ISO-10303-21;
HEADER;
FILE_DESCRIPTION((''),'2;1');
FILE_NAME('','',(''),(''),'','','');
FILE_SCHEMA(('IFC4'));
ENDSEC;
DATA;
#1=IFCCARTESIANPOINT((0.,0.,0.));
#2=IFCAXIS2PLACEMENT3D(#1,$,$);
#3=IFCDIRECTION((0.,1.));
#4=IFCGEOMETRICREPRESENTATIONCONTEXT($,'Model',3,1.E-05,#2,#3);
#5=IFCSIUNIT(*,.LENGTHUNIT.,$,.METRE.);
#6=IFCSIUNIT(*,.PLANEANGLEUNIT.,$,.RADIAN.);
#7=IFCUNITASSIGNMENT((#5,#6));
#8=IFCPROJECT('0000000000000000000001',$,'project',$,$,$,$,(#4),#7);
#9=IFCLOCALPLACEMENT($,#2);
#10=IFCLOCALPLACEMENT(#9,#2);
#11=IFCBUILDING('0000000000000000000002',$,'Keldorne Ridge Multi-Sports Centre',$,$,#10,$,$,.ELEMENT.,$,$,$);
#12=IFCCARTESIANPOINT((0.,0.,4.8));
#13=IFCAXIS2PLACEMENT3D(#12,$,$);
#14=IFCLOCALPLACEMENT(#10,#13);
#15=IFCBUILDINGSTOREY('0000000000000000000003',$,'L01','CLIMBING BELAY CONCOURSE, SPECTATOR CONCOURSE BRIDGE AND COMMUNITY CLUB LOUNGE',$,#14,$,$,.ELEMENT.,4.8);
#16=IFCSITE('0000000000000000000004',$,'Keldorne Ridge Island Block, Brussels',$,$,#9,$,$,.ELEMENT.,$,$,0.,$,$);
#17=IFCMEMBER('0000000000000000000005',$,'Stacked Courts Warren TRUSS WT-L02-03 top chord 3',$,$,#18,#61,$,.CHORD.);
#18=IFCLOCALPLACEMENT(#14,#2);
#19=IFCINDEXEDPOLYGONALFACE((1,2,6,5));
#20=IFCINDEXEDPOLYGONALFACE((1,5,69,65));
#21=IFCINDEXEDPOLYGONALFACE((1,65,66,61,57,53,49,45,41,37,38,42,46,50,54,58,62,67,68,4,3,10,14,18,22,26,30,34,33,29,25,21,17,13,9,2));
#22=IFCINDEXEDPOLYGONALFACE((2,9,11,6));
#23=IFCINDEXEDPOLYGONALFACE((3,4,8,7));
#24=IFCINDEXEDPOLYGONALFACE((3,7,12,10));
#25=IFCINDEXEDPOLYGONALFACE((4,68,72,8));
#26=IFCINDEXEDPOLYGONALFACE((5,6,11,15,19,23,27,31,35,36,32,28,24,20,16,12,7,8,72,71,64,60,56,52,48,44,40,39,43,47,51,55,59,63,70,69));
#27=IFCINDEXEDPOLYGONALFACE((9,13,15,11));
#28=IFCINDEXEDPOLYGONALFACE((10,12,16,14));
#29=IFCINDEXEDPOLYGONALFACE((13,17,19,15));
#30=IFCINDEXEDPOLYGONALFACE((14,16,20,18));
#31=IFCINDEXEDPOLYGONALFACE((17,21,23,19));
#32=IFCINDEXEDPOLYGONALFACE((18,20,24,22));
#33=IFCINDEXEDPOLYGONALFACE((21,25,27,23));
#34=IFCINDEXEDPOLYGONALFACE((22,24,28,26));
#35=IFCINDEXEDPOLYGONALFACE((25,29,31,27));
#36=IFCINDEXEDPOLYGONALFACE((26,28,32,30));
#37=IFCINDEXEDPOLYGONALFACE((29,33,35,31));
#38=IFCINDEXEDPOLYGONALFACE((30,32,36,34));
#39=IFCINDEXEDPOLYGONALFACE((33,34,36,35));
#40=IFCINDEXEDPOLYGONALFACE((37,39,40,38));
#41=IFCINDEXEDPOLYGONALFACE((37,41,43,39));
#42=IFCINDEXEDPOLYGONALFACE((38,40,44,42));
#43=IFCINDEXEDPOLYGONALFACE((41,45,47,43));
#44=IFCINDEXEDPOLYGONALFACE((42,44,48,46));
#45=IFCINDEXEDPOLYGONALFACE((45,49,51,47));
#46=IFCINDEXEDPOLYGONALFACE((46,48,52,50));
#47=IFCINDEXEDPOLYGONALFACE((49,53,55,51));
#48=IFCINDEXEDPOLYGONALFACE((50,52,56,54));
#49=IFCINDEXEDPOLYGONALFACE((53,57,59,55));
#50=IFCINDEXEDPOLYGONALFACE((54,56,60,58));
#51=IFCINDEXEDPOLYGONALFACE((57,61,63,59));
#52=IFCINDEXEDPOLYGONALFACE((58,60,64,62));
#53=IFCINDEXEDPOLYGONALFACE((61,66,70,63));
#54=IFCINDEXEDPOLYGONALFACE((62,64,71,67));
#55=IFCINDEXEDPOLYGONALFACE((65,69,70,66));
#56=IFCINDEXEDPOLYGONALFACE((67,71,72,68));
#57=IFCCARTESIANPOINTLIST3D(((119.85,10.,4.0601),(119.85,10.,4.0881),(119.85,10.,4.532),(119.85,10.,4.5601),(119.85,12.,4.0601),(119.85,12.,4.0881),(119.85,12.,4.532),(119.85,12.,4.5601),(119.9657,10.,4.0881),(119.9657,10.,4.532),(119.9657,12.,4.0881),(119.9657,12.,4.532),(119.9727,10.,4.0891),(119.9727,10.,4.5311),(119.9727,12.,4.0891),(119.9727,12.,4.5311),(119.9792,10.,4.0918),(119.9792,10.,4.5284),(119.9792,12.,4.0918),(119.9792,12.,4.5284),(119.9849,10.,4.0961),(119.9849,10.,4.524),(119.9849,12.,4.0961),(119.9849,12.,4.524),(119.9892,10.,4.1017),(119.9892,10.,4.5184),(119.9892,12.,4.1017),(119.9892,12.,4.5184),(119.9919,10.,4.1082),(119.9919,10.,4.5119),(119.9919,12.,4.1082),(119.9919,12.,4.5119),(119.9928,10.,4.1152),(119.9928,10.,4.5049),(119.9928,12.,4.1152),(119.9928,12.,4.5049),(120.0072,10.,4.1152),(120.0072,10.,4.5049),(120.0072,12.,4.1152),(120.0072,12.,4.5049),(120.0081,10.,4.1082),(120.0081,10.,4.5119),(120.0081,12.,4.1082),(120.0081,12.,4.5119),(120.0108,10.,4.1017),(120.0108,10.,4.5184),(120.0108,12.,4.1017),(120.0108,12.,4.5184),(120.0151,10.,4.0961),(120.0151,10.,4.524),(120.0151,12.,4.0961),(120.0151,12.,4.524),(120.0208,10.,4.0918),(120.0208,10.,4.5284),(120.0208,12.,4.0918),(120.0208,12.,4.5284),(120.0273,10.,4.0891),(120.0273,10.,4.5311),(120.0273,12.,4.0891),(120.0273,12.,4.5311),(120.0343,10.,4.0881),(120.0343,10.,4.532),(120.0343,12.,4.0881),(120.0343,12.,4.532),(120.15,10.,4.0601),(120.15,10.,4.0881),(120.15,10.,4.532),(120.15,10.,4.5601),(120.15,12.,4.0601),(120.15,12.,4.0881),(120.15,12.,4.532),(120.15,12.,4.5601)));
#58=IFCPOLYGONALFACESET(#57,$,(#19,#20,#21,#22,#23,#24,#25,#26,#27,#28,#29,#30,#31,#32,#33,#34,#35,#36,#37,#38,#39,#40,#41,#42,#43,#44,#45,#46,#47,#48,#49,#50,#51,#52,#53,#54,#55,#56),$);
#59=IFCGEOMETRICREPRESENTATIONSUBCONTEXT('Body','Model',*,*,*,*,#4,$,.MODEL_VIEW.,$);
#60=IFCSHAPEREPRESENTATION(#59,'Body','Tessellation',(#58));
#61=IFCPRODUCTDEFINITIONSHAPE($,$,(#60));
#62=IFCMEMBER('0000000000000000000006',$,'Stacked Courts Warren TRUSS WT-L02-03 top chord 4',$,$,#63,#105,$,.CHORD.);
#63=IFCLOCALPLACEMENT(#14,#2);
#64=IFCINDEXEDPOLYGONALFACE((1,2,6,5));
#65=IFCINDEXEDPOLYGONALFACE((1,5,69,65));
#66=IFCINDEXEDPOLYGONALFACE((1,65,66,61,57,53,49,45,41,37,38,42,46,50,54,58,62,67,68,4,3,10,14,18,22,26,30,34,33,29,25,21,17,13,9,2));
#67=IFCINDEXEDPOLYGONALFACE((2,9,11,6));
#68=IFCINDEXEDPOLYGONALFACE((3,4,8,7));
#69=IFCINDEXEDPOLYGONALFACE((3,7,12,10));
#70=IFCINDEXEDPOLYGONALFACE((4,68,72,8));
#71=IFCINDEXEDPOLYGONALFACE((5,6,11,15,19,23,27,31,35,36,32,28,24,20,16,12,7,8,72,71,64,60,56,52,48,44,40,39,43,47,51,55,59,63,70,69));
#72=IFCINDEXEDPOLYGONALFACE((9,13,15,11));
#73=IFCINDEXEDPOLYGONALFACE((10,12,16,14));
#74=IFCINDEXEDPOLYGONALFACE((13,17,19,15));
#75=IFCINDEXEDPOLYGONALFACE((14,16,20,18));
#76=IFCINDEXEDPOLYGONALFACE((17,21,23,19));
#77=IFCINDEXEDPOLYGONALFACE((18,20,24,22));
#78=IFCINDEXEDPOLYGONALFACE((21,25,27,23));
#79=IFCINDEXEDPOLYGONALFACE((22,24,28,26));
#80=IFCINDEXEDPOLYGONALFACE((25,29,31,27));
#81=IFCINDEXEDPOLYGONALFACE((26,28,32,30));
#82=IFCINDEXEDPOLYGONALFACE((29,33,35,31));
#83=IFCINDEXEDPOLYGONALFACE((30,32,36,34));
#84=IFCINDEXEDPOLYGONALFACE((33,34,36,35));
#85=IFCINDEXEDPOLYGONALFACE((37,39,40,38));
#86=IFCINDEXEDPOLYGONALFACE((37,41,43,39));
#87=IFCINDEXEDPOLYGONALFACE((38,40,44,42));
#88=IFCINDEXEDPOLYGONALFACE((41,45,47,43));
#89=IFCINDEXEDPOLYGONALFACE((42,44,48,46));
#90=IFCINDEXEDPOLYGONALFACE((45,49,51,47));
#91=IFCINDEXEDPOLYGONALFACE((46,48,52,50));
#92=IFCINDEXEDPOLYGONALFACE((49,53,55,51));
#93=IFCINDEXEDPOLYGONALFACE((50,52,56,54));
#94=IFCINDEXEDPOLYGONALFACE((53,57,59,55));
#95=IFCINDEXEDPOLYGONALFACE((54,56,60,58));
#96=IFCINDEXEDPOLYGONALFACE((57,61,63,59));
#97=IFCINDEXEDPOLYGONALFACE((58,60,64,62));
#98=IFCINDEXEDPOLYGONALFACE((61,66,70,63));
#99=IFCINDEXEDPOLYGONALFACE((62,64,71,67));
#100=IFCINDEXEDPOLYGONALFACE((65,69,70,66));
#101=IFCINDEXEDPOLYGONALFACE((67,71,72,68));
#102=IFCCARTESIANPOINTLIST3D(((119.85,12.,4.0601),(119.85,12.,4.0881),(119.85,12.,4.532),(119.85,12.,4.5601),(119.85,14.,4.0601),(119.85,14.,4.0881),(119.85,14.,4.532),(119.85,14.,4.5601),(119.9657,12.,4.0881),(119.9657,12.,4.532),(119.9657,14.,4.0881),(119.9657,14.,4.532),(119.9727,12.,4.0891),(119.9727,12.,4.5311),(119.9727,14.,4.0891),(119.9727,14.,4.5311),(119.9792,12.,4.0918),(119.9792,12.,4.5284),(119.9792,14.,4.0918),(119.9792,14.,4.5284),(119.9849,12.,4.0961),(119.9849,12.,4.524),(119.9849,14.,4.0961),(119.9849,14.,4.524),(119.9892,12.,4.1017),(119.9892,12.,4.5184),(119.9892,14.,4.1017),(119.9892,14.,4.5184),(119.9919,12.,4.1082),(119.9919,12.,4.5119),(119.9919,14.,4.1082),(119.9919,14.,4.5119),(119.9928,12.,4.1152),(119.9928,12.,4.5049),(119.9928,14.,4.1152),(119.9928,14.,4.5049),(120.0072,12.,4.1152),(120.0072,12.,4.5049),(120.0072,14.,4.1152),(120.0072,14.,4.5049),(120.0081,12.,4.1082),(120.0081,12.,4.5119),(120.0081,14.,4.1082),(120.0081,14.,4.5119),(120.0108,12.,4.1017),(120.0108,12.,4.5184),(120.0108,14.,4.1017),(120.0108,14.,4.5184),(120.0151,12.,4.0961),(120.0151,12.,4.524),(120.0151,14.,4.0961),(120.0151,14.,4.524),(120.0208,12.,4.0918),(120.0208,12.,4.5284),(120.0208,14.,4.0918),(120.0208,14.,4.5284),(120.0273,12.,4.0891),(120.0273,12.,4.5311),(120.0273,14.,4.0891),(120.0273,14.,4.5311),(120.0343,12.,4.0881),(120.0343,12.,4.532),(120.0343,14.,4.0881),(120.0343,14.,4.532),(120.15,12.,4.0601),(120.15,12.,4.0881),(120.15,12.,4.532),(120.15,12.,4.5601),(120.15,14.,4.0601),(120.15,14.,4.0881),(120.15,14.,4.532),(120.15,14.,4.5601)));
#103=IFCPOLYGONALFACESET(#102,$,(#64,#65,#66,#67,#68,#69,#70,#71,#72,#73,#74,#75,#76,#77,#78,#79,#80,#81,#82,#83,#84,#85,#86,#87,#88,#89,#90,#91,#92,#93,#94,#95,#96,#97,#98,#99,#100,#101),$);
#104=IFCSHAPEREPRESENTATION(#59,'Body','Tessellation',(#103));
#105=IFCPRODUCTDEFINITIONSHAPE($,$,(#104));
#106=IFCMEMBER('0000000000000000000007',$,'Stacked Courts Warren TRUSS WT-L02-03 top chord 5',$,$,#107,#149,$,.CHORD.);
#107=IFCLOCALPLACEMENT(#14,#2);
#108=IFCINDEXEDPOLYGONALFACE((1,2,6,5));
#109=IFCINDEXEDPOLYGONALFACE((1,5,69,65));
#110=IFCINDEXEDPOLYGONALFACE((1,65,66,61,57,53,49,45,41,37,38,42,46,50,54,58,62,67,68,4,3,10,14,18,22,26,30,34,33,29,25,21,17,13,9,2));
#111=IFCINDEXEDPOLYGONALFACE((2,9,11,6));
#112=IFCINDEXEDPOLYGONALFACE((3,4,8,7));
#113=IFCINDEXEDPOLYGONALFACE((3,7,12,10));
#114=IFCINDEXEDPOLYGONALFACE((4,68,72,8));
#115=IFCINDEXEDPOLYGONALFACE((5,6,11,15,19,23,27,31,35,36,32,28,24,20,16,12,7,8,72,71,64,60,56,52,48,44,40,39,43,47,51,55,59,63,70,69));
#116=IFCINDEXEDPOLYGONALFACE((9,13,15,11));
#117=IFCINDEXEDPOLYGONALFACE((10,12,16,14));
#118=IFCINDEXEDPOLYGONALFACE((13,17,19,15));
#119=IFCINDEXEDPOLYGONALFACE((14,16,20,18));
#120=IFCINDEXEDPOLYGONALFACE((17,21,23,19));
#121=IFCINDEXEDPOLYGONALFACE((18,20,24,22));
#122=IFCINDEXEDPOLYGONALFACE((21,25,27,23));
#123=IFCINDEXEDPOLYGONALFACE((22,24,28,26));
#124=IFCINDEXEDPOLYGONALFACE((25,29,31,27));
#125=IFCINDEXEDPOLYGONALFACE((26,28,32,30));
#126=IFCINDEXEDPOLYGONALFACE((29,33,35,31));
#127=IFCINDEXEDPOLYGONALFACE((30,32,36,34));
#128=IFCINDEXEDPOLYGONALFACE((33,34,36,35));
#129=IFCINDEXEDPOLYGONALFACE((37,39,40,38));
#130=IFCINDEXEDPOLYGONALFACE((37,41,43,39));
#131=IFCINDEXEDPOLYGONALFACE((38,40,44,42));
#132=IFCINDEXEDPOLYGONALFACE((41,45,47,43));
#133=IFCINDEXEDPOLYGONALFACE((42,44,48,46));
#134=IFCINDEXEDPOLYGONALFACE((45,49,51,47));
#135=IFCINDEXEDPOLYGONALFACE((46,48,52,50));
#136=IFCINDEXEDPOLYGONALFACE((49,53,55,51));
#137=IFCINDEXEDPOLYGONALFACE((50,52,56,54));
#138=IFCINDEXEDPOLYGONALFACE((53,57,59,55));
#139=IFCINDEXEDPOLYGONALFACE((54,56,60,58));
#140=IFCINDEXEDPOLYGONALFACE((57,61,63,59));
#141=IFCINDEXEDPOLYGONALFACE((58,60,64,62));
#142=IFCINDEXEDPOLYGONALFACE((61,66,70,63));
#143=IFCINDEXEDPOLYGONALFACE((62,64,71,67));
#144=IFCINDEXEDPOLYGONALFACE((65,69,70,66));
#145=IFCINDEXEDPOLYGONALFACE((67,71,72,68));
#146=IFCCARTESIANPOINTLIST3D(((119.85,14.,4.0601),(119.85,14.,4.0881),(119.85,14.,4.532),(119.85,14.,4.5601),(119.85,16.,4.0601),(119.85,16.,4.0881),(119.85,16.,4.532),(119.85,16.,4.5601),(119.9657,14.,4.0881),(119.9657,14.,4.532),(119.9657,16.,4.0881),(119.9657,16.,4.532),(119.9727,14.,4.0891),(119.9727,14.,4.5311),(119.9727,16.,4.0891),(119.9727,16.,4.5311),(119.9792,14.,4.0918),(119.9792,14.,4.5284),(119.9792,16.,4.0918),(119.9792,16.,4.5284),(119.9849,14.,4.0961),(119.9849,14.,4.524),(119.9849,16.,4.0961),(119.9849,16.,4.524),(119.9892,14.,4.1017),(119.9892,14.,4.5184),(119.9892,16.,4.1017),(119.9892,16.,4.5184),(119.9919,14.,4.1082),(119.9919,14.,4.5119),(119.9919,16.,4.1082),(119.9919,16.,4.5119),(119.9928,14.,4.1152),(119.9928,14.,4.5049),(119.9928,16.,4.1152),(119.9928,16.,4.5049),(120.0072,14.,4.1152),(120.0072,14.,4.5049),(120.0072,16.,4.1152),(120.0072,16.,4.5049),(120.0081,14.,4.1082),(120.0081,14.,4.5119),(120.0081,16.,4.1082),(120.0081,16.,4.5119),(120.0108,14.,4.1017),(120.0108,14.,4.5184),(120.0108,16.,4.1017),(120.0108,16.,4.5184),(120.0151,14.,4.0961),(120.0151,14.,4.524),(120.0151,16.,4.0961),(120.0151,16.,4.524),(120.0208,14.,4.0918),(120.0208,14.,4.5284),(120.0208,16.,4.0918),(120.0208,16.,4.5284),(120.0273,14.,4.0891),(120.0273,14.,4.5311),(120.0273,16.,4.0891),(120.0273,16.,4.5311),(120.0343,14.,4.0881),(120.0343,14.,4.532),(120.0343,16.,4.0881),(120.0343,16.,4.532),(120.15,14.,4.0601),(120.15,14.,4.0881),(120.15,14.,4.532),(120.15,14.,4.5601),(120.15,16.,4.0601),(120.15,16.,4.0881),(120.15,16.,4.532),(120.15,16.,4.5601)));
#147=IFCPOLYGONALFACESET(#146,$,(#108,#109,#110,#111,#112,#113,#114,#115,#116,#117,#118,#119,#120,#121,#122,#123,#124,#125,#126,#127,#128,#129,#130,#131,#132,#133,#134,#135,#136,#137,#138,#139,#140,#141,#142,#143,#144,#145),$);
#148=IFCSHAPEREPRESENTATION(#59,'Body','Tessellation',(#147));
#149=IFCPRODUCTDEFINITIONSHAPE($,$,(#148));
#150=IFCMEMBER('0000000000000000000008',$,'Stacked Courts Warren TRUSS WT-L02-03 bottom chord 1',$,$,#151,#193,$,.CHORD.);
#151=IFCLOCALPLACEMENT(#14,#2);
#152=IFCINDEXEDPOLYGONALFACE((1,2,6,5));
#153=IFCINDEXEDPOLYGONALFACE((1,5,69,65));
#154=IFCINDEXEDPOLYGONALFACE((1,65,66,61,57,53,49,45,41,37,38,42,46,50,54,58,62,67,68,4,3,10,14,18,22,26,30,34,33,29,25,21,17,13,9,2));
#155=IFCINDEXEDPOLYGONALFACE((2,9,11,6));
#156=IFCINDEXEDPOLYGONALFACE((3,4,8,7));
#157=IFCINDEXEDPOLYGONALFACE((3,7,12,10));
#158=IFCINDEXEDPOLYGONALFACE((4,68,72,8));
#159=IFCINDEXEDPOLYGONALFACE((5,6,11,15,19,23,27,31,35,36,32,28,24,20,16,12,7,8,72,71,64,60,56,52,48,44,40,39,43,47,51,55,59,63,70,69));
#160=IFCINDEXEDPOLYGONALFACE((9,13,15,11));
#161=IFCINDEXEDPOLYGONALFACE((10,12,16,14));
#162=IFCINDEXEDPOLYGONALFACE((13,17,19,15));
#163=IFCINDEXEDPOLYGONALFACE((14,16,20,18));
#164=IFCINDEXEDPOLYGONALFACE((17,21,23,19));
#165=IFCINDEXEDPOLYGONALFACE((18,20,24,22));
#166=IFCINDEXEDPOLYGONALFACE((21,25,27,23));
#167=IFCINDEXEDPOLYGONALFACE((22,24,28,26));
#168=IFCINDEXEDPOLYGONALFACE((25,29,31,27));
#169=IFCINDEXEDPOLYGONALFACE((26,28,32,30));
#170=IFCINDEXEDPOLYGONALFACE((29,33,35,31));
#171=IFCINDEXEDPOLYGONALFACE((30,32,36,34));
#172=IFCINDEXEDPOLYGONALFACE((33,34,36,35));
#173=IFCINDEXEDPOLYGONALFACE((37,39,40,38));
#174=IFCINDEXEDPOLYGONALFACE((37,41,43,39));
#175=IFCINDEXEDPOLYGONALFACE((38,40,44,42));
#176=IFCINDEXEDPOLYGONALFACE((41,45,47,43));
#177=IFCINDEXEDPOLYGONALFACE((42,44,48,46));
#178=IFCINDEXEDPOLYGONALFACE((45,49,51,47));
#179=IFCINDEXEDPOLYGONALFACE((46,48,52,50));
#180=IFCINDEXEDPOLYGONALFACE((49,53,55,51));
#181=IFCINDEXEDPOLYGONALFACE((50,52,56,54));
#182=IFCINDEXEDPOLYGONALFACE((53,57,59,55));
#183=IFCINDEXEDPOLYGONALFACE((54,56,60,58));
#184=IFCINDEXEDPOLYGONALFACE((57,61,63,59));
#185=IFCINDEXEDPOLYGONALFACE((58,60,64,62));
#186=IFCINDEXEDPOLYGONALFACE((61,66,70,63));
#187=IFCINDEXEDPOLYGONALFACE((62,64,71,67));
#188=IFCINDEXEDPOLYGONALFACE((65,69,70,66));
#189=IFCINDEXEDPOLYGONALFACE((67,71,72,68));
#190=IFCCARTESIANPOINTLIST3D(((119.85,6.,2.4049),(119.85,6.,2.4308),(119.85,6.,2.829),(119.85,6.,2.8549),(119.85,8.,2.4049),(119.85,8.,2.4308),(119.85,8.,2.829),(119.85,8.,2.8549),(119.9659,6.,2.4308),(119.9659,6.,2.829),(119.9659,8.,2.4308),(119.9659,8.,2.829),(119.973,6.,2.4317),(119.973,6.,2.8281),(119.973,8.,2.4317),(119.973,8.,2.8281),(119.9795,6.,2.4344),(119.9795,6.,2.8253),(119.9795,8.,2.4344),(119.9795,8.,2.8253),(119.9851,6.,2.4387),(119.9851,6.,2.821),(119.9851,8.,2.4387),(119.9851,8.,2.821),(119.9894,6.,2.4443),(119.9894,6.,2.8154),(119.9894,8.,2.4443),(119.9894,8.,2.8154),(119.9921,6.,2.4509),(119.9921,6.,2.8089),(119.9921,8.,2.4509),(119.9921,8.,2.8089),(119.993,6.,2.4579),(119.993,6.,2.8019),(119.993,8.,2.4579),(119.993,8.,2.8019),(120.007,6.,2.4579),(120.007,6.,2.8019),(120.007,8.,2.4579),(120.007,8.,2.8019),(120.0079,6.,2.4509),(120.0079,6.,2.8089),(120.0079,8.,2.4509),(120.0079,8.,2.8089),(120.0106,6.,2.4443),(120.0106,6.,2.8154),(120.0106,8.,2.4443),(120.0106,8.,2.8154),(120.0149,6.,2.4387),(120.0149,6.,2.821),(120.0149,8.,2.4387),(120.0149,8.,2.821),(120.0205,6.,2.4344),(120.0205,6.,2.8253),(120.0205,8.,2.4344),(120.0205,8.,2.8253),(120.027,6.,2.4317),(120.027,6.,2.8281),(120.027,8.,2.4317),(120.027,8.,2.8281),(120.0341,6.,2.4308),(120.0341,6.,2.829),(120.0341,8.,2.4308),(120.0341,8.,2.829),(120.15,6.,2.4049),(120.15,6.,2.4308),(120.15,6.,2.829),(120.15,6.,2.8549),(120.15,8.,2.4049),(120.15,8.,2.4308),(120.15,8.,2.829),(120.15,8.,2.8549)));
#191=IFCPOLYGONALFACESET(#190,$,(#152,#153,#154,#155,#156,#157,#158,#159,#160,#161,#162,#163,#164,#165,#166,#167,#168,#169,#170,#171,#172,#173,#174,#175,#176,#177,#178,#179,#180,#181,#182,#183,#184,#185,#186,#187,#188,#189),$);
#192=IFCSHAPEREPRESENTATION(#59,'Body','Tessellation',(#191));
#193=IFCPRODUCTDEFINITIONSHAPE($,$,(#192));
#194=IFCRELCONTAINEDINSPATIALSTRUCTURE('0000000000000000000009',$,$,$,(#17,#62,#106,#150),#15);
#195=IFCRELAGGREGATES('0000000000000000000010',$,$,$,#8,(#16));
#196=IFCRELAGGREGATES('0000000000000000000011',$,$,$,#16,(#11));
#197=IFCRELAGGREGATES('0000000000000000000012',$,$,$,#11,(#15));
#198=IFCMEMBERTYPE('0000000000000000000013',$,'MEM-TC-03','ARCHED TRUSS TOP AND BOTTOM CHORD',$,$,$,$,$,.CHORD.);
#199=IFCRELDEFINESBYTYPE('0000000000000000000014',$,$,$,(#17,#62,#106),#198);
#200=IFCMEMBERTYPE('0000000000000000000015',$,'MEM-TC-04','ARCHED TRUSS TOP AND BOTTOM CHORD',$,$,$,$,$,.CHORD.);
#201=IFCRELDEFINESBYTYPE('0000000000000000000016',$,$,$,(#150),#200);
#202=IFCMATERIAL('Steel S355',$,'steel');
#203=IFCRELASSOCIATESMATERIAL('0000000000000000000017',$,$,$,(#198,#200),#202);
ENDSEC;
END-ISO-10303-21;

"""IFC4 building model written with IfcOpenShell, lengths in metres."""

from ifc_helpers import new_model, si_unit, direction, frame, origin, origin_2d, place, context, subcontext, project, spatial, i_section, extrude, material, material_profile, profile_set, type_object, element, save


model = new_model("IFC4")

# Units and contexts
model_context = context("Model", 3, precision=1e-05, world=origin(), true_north=direction((0.0, 1.0)))
body_context = subcontext(model_context, "Body", "Model", "MODEL_VIEW")
ifc_project = project(units=[si_unit("LENGTHUNIT", "METRE"), si_unit("PLANEANGLEUNIT", "RADIAN")], contexts=[model_context])

# Site, building, storey
site_placement = place(None, origin())
site = spatial("IfcSite", under=ifc_project, at=site_placement, Name="Keldorne Ridge Island Block, Brussels", CompositionType="ELEMENT", RefElevation=0.0)
building_placement = place(site_placement, origin())
building = spatial("IfcBuilding", under=site, at=building_placement, Name="Keldorne Ridge Multi-Sports Centre", CompositionType="ELEMENT")
storey_placement = place(building_placement, frame((0.0, 0.0, 4.8)))
storey = spatial("IfcBuildingStorey", under=building, at=storey_placement, Name="L01", Description="CLIMBING BELAY CONCOURSE, SPECTATOR CONCOURSE BRIDGE AND COMMUNITY CLUB LOUNGE", CompositionType="ELEMENT", Elevation=4.8)

# Shared definitions
ifc_material_1 = material(Name="Steel S355", Category="steel")

# Members
ifc_material_profile_1 = material_profile(ifc_material_1, i_section(OverallWidth=0.3, OverallDepth=0.5, WebThickness=0.0144, FlangeThickness=0.0281, FilletRadius=0.0271, at=origin_2d()), Name="HEB 500")
ifc_profile_set_1 = profile_set([ifc_material_profile_1], Name="Steel S355")
member_type_1 = type_object("IfcMemberType", Name="MEM-TC-03", Description="ARCHED TRUSS TOP AND BOTTOM CHORD", PredefinedType="CHORD", material=ifc_profile_set_1)
for number, where, z_axis, x_axis, name in (
    (1, (120.0, 10.0, 4.3101), (0.0, 1.0, 0.0), (-1.0, 0.0, 0.0), "Stacked Courts Warren TRUSS WT-L02-03 top chord 3"),
    (2, (120.0, 12.0, 4.3101), (0.0, 1.0, 0.0), (-1.0, 0.0, 0.0), "Stacked Courts Warren TRUSS WT-L02-03 top chord 4"),
    (3, (120.0, 14.0, 4.3101), (0.0, 1.0, 0.0), (-1.0, 0.0, 0.0), "Stacked Courts Warren TRUSS WT-L02-03 top chord 5"),
):
    element("IfcMember", number, at=place(storey_placement, frame(where, z_axis=z_axis, x_axis=x_axis)), inside=storey, type_object=member_type_1, Name=name, PredefinedType="CHORD", context=body_context, shape_type="SweptSolid", body=[
        extrude(i_section(OverallWidth=0.3, OverallDepth=0.5, WebThickness=0.0144, FlangeThickness=0.0281, FilletRadius=0.0271, at=origin_2d()), origin(), (0.0, 0.0, 1.0), 2.0),
    ])
ifc_material_profile_2 = material_profile(ifc_material_1, i_section(OverallWidth=0.3, OverallDepth=0.45, WebThickness=0.0139, FlangeThickness=0.0259, FilletRadius=0.0271, at=origin_2d()), Name="HEB 450")
ifc_profile_set_2 = profile_set([ifc_material_profile_2], Name="Steel S355")
member_type_2 = type_object("IfcMemberType", Name="MEM-TC-04", Description="ARCHED TRUSS TOP AND BOTTOM CHORD", PredefinedType="CHORD", material=ifc_profile_set_2)
for number, where, z_axis, x_axis, name in (
    (4, (120.0, 6.0, 2.6299), (0.0, 1.0, 0.0), (-1.0, 0.0, 0.0), "Stacked Courts Warren TRUSS WT-L02-03 bottom chord 1"),
):
    element("IfcMember", number, at=place(storey_placement, frame(where, z_axis=z_axis, x_axis=x_axis)), inside=storey, type_object=member_type_2, Name=name, PredefinedType="CHORD", context=body_context, shape_type="SweptSolid", body=[
        extrude(i_section(OverallWidth=0.3, OverallDepth=0.45, WebThickness=0.0139, FlangeThickness=0.0259, FilletRadius=0.0271, at=origin_2d()), origin(), (0.0, 0.0, 1.0), 2.0),
    ])

save(model, "model.ifc")
